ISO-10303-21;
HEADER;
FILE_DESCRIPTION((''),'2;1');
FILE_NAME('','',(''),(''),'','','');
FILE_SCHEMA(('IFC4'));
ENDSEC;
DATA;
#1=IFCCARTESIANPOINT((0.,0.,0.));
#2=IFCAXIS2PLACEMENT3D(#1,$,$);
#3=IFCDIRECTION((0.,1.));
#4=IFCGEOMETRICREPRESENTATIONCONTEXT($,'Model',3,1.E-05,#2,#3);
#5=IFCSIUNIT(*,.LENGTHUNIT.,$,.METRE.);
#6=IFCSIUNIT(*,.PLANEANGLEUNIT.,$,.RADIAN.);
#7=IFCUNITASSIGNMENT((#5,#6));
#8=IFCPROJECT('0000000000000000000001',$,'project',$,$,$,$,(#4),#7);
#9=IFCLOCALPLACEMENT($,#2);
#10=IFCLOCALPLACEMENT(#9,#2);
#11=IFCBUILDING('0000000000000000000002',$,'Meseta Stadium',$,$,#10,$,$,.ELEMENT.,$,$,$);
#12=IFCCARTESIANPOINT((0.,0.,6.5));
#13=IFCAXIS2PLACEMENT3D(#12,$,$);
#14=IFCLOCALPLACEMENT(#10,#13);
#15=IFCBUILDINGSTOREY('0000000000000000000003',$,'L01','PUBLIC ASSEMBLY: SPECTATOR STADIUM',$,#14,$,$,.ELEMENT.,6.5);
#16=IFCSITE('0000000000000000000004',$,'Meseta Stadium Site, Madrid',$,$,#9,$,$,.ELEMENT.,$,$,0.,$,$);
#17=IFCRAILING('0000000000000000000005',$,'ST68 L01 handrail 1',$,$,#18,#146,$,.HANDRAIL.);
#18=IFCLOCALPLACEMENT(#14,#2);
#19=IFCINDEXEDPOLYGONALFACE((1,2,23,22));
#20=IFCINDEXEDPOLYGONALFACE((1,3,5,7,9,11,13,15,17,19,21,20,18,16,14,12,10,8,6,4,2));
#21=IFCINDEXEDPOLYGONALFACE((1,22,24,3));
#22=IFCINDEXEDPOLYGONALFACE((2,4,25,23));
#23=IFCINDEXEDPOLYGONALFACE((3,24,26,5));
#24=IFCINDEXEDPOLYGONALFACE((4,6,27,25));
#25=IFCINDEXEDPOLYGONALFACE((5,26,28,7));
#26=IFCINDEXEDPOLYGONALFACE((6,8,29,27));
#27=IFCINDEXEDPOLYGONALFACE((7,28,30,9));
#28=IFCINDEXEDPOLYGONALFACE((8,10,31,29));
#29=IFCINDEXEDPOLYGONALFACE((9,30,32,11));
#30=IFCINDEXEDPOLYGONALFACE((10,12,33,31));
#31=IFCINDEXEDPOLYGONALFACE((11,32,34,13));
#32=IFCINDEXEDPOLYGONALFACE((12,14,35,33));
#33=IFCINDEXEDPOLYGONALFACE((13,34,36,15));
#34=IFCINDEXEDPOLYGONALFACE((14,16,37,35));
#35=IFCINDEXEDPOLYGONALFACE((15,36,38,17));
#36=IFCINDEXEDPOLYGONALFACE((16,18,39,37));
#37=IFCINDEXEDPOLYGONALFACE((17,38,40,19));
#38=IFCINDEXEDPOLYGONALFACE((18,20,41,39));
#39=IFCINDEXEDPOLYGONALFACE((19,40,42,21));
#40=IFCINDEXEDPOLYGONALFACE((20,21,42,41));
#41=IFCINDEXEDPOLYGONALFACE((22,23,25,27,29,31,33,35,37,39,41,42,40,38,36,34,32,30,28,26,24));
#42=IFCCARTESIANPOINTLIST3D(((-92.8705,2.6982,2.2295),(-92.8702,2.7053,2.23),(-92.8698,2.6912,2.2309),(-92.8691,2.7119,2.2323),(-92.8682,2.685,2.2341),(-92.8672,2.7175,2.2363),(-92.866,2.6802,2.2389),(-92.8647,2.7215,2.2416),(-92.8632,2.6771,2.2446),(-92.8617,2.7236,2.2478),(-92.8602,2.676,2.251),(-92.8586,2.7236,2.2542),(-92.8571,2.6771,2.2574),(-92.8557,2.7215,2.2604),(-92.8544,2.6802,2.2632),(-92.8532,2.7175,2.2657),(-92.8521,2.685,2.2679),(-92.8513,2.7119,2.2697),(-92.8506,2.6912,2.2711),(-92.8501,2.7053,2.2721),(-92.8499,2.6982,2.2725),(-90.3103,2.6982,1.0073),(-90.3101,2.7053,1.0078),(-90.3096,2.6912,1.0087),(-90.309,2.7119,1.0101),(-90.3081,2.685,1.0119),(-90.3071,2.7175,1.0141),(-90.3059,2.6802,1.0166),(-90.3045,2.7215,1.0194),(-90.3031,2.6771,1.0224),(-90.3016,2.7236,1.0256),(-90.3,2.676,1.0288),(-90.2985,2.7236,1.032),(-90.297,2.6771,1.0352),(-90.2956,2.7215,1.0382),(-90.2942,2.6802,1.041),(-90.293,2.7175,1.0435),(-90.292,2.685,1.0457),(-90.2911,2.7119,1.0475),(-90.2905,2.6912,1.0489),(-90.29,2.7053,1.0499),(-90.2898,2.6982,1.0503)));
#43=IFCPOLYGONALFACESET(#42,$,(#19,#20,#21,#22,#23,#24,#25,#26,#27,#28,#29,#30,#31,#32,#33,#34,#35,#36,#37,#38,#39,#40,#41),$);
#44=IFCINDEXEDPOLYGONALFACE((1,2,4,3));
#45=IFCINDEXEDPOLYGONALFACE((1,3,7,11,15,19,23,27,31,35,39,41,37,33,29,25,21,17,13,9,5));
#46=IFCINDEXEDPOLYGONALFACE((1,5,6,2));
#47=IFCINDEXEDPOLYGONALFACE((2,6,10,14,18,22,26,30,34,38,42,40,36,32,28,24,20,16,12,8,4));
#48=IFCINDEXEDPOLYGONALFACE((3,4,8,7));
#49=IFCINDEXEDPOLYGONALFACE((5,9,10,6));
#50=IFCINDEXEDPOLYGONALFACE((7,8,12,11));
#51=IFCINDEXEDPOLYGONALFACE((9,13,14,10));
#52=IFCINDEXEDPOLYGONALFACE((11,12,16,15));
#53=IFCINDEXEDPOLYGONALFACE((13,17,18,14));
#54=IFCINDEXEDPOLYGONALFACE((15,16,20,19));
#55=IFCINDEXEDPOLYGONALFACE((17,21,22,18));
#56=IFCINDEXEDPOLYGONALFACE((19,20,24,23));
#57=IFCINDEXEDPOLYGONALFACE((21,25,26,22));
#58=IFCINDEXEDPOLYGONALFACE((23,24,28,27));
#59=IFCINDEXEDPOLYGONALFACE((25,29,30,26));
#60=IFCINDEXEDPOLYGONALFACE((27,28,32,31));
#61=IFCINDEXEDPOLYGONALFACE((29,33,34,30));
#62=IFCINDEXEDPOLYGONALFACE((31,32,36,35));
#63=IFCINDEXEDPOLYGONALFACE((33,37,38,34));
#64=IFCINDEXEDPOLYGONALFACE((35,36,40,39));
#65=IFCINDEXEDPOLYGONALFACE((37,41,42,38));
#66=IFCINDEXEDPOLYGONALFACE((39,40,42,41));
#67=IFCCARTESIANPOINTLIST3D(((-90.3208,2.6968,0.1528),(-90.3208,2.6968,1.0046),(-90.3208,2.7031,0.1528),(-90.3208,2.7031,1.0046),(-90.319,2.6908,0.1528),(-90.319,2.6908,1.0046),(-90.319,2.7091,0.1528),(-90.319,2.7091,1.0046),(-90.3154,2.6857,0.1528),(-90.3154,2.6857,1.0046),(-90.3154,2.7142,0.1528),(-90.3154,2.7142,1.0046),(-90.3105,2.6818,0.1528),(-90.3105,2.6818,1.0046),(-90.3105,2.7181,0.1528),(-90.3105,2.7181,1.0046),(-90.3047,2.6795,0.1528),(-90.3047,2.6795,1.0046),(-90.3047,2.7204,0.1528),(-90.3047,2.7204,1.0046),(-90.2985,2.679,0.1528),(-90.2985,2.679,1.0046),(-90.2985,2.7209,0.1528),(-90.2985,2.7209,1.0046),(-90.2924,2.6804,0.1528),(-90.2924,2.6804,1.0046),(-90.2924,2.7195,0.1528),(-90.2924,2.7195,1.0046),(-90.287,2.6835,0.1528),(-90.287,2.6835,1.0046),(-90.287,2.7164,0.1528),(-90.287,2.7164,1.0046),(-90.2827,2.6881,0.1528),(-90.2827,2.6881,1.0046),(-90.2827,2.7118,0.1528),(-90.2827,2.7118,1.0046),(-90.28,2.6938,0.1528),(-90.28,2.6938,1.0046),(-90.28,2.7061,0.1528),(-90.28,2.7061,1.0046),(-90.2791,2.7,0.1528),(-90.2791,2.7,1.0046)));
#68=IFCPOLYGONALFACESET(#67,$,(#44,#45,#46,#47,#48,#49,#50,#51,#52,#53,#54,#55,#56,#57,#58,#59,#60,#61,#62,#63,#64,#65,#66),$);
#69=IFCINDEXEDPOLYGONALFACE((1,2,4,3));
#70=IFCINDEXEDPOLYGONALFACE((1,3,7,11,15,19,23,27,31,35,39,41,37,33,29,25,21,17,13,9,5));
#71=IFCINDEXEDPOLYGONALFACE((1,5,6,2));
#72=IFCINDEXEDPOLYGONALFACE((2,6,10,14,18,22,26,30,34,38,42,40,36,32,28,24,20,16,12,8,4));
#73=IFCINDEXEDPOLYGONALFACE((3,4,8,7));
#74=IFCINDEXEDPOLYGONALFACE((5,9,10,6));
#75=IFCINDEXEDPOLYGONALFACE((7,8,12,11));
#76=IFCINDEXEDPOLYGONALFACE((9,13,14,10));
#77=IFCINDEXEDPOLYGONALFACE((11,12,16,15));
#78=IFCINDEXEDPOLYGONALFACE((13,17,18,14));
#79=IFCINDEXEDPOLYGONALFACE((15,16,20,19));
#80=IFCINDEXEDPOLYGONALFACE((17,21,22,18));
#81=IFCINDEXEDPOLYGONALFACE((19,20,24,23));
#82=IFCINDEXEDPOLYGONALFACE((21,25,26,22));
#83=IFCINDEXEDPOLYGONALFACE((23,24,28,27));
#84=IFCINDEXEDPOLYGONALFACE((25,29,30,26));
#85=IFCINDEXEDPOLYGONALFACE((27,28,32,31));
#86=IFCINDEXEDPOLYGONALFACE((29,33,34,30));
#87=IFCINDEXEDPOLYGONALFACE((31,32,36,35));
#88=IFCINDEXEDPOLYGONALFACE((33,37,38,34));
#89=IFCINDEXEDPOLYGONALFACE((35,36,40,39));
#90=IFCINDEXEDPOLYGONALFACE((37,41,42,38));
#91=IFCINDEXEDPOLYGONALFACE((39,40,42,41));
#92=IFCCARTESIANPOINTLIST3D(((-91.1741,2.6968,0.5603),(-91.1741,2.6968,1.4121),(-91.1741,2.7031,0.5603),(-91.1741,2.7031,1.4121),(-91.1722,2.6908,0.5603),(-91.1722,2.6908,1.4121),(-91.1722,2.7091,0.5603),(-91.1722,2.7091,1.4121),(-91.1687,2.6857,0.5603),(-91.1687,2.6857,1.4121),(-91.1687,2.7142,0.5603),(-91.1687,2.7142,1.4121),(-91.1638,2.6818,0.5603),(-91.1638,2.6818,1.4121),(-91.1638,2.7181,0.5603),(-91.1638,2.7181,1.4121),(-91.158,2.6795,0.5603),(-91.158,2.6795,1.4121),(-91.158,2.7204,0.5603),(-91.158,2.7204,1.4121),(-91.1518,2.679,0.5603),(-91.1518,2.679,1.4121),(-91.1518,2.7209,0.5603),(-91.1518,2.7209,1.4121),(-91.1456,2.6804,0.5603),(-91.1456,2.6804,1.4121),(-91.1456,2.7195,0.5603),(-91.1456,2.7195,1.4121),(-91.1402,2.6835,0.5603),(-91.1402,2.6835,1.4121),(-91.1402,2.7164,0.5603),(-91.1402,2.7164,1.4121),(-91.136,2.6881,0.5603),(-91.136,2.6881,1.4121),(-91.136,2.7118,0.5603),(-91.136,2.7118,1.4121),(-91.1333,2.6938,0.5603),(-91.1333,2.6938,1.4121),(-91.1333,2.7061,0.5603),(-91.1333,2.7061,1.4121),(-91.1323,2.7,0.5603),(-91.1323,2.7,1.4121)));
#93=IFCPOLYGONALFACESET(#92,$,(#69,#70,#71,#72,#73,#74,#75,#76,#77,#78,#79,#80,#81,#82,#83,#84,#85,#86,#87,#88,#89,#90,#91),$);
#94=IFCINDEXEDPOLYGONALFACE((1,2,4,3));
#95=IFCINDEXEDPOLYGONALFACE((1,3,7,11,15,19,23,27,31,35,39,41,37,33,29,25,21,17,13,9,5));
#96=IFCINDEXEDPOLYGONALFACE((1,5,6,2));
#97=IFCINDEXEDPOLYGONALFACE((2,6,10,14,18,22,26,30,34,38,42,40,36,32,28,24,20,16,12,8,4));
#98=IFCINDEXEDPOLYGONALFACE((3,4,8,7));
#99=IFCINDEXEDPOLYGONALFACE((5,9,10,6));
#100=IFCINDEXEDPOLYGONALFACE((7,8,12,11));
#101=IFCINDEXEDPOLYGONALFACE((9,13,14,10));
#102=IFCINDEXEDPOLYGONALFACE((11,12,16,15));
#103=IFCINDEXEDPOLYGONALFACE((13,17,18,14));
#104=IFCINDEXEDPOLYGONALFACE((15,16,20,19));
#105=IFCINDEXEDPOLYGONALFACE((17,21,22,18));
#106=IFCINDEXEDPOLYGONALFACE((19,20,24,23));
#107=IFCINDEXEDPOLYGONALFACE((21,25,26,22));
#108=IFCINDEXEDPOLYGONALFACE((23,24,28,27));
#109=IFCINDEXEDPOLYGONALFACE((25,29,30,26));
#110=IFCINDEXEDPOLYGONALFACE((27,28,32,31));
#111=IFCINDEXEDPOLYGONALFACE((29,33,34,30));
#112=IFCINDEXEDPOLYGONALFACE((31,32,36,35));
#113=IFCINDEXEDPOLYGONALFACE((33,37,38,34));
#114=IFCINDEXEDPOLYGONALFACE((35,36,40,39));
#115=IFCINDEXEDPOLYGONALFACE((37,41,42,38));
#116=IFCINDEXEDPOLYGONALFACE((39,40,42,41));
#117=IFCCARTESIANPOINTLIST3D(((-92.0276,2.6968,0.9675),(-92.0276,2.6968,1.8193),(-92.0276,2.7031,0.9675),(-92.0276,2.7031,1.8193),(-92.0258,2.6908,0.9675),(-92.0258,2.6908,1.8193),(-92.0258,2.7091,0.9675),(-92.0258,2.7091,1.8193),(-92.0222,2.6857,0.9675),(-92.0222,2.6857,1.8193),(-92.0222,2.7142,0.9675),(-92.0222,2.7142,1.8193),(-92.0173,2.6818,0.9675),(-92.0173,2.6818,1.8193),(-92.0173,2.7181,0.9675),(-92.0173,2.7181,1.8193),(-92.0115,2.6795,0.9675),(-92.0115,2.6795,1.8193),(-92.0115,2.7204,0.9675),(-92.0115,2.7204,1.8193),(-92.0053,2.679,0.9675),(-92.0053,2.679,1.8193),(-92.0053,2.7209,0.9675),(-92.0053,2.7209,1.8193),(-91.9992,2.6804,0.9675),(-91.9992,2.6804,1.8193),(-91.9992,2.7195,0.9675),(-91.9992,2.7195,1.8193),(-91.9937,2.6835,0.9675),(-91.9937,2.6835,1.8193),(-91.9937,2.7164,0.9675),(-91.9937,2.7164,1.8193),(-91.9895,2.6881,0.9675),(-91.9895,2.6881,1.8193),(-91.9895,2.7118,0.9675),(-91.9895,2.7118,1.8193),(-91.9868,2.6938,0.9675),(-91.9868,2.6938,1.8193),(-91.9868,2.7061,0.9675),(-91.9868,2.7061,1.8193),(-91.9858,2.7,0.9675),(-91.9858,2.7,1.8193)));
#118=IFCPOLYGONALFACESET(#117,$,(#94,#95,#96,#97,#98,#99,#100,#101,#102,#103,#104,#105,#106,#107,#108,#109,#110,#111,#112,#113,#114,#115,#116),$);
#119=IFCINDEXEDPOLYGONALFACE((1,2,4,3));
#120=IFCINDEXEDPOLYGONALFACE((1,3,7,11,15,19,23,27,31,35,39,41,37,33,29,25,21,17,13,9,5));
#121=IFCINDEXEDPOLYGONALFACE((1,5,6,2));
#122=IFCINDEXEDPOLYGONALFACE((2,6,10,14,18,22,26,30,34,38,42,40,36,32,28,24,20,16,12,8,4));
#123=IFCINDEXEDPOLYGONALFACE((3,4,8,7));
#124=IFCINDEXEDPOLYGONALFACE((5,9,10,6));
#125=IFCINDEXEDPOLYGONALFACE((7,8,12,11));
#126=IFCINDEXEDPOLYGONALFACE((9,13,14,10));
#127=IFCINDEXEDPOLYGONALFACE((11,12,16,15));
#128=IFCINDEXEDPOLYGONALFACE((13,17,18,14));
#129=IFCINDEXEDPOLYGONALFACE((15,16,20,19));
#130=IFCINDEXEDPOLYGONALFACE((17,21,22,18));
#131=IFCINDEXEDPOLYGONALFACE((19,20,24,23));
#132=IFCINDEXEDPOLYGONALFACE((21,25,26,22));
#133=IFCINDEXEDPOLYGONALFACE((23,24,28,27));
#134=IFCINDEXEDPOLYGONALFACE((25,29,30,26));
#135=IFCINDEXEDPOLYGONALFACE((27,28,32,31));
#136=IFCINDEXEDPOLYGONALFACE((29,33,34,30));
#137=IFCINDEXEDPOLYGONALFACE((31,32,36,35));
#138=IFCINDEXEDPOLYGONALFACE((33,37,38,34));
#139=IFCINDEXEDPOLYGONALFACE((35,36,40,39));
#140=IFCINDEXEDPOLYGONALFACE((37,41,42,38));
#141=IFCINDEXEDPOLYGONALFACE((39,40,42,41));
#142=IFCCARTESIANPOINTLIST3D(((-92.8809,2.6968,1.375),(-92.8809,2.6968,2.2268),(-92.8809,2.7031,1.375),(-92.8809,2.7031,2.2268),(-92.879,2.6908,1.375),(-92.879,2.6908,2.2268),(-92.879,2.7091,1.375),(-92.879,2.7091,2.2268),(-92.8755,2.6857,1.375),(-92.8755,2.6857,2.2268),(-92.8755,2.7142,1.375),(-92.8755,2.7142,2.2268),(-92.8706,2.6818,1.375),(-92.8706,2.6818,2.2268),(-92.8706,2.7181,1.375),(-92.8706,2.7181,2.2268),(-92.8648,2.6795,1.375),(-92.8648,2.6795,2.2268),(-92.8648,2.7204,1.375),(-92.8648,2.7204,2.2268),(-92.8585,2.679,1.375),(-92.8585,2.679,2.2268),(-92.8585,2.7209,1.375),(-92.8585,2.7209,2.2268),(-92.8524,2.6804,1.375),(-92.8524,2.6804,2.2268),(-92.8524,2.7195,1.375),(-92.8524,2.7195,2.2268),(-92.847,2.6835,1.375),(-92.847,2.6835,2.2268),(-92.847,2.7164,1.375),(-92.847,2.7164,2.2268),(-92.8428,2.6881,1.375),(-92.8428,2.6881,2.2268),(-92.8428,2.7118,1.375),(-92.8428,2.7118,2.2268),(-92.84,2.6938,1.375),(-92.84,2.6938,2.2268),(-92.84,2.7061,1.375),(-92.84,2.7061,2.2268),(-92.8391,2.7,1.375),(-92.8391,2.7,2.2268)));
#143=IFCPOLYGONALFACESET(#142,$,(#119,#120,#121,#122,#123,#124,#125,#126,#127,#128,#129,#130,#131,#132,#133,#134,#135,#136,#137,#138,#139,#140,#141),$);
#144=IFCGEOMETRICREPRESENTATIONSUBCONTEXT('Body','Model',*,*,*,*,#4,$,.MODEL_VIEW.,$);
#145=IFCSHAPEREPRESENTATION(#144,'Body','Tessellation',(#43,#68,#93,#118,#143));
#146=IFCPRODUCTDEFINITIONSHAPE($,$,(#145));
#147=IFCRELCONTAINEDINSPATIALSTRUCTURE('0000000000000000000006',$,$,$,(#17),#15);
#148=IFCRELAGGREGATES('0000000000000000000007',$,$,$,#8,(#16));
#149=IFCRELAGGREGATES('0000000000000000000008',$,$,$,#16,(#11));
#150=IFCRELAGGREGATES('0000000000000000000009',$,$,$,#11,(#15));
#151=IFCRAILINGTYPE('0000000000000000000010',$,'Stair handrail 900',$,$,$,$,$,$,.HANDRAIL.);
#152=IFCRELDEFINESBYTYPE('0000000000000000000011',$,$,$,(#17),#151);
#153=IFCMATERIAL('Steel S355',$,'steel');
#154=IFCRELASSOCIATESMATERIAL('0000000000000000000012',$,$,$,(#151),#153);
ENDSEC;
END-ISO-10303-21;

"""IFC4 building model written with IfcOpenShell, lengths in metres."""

from ifc_helpers import new_model, si_unit, direction, frame, origin, origin_2d, place, context, subcontext, project, spatial, circle, extrude, material, type_object, element, save


model = new_model("IFC4")

# Units and contexts
model_context = context("Model", 3, precision=1e-05, world=origin(), true_north=direction((0.0, 1.0)))
body_context = subcontext(model_context, "Body", "Model", "MODEL_VIEW")
ifc_project = project(units=[si_unit("LENGTHUNIT", "METRE"), si_unit("PLANEANGLEUNIT", "RADIAN")], contexts=[model_context])

# Site, building, storey
site_placement = place(None, origin())
site = spatial("IfcSite", under=ifc_project, at=site_placement, Name="Meseta Stadium Site, Madrid", CompositionType="ELEMENT", RefElevation=0.0)
building_placement = place(site_placement, origin())
building = spatial("IfcBuilding", under=site, at=building_placement, Name="Meseta Stadium", CompositionType="ELEMENT")
storey_placement = place(building_placement, frame((0.0, 0.0, 6.5)))
storey = spatial("IfcBuildingStorey", under=building, at=storey_placement, Name="L01", Description="PUBLIC ASSEMBLY: SPECTATOR STADIUM", CompositionType="ELEMENT", Elevation=6.5)

# Railing
ifc_material_1 = material(Name="Steel S355", Category="steel")
railing_type_1 = type_object("IfcRailingType", Name="Stair handrail 900", PredefinedType="HANDRAIL", material=ifc_material_1)
for number, where, name in (
    (1, (-90.3, 2.7, 0.1528), "ST68 L01 handrail 1"),
):
    element("IfcRailing", number, at=place(storey_placement, frame(where)), inside=storey, type_object=railing_type_1, Name=name, PredefinedType="HANDRAIL", context=body_context, shape_type="SweptSolid", body=[
        extrude(circle(Radius=0.0239, at=origin_2d()), frame((0.0, 0.0, 0.876), z_axis=(-0.902437, 0.0, 0.430822), x_axis=(0.0, -1.0, 0.0)), (0.0, 0.0, 1.0), 2.8369),
        extrude(circle(Radius=0.021, at=origin_2d()), origin(), (0.0, 0.0, 1.0), 0.8518),
        extrude(circle(Radius=0.021, at=origin_2d()), frame((-0.8533, 0.0, 0.4075)), (0.0, 0.0, 1.0), 0.8518),
        extrude(circle(Radius=0.021, at=origin_2d()), frame((-1.7068, 0.0, 0.8147)), (0.0, 0.0, 1.0), 0.8518),
        extrude(circle(Radius=0.021, at=origin_2d()), frame((-2.5601, 0.0, 1.2222)), (0.0, 0.0, 1.0), 0.8518),
    ])

save(model, "model.ifc")
